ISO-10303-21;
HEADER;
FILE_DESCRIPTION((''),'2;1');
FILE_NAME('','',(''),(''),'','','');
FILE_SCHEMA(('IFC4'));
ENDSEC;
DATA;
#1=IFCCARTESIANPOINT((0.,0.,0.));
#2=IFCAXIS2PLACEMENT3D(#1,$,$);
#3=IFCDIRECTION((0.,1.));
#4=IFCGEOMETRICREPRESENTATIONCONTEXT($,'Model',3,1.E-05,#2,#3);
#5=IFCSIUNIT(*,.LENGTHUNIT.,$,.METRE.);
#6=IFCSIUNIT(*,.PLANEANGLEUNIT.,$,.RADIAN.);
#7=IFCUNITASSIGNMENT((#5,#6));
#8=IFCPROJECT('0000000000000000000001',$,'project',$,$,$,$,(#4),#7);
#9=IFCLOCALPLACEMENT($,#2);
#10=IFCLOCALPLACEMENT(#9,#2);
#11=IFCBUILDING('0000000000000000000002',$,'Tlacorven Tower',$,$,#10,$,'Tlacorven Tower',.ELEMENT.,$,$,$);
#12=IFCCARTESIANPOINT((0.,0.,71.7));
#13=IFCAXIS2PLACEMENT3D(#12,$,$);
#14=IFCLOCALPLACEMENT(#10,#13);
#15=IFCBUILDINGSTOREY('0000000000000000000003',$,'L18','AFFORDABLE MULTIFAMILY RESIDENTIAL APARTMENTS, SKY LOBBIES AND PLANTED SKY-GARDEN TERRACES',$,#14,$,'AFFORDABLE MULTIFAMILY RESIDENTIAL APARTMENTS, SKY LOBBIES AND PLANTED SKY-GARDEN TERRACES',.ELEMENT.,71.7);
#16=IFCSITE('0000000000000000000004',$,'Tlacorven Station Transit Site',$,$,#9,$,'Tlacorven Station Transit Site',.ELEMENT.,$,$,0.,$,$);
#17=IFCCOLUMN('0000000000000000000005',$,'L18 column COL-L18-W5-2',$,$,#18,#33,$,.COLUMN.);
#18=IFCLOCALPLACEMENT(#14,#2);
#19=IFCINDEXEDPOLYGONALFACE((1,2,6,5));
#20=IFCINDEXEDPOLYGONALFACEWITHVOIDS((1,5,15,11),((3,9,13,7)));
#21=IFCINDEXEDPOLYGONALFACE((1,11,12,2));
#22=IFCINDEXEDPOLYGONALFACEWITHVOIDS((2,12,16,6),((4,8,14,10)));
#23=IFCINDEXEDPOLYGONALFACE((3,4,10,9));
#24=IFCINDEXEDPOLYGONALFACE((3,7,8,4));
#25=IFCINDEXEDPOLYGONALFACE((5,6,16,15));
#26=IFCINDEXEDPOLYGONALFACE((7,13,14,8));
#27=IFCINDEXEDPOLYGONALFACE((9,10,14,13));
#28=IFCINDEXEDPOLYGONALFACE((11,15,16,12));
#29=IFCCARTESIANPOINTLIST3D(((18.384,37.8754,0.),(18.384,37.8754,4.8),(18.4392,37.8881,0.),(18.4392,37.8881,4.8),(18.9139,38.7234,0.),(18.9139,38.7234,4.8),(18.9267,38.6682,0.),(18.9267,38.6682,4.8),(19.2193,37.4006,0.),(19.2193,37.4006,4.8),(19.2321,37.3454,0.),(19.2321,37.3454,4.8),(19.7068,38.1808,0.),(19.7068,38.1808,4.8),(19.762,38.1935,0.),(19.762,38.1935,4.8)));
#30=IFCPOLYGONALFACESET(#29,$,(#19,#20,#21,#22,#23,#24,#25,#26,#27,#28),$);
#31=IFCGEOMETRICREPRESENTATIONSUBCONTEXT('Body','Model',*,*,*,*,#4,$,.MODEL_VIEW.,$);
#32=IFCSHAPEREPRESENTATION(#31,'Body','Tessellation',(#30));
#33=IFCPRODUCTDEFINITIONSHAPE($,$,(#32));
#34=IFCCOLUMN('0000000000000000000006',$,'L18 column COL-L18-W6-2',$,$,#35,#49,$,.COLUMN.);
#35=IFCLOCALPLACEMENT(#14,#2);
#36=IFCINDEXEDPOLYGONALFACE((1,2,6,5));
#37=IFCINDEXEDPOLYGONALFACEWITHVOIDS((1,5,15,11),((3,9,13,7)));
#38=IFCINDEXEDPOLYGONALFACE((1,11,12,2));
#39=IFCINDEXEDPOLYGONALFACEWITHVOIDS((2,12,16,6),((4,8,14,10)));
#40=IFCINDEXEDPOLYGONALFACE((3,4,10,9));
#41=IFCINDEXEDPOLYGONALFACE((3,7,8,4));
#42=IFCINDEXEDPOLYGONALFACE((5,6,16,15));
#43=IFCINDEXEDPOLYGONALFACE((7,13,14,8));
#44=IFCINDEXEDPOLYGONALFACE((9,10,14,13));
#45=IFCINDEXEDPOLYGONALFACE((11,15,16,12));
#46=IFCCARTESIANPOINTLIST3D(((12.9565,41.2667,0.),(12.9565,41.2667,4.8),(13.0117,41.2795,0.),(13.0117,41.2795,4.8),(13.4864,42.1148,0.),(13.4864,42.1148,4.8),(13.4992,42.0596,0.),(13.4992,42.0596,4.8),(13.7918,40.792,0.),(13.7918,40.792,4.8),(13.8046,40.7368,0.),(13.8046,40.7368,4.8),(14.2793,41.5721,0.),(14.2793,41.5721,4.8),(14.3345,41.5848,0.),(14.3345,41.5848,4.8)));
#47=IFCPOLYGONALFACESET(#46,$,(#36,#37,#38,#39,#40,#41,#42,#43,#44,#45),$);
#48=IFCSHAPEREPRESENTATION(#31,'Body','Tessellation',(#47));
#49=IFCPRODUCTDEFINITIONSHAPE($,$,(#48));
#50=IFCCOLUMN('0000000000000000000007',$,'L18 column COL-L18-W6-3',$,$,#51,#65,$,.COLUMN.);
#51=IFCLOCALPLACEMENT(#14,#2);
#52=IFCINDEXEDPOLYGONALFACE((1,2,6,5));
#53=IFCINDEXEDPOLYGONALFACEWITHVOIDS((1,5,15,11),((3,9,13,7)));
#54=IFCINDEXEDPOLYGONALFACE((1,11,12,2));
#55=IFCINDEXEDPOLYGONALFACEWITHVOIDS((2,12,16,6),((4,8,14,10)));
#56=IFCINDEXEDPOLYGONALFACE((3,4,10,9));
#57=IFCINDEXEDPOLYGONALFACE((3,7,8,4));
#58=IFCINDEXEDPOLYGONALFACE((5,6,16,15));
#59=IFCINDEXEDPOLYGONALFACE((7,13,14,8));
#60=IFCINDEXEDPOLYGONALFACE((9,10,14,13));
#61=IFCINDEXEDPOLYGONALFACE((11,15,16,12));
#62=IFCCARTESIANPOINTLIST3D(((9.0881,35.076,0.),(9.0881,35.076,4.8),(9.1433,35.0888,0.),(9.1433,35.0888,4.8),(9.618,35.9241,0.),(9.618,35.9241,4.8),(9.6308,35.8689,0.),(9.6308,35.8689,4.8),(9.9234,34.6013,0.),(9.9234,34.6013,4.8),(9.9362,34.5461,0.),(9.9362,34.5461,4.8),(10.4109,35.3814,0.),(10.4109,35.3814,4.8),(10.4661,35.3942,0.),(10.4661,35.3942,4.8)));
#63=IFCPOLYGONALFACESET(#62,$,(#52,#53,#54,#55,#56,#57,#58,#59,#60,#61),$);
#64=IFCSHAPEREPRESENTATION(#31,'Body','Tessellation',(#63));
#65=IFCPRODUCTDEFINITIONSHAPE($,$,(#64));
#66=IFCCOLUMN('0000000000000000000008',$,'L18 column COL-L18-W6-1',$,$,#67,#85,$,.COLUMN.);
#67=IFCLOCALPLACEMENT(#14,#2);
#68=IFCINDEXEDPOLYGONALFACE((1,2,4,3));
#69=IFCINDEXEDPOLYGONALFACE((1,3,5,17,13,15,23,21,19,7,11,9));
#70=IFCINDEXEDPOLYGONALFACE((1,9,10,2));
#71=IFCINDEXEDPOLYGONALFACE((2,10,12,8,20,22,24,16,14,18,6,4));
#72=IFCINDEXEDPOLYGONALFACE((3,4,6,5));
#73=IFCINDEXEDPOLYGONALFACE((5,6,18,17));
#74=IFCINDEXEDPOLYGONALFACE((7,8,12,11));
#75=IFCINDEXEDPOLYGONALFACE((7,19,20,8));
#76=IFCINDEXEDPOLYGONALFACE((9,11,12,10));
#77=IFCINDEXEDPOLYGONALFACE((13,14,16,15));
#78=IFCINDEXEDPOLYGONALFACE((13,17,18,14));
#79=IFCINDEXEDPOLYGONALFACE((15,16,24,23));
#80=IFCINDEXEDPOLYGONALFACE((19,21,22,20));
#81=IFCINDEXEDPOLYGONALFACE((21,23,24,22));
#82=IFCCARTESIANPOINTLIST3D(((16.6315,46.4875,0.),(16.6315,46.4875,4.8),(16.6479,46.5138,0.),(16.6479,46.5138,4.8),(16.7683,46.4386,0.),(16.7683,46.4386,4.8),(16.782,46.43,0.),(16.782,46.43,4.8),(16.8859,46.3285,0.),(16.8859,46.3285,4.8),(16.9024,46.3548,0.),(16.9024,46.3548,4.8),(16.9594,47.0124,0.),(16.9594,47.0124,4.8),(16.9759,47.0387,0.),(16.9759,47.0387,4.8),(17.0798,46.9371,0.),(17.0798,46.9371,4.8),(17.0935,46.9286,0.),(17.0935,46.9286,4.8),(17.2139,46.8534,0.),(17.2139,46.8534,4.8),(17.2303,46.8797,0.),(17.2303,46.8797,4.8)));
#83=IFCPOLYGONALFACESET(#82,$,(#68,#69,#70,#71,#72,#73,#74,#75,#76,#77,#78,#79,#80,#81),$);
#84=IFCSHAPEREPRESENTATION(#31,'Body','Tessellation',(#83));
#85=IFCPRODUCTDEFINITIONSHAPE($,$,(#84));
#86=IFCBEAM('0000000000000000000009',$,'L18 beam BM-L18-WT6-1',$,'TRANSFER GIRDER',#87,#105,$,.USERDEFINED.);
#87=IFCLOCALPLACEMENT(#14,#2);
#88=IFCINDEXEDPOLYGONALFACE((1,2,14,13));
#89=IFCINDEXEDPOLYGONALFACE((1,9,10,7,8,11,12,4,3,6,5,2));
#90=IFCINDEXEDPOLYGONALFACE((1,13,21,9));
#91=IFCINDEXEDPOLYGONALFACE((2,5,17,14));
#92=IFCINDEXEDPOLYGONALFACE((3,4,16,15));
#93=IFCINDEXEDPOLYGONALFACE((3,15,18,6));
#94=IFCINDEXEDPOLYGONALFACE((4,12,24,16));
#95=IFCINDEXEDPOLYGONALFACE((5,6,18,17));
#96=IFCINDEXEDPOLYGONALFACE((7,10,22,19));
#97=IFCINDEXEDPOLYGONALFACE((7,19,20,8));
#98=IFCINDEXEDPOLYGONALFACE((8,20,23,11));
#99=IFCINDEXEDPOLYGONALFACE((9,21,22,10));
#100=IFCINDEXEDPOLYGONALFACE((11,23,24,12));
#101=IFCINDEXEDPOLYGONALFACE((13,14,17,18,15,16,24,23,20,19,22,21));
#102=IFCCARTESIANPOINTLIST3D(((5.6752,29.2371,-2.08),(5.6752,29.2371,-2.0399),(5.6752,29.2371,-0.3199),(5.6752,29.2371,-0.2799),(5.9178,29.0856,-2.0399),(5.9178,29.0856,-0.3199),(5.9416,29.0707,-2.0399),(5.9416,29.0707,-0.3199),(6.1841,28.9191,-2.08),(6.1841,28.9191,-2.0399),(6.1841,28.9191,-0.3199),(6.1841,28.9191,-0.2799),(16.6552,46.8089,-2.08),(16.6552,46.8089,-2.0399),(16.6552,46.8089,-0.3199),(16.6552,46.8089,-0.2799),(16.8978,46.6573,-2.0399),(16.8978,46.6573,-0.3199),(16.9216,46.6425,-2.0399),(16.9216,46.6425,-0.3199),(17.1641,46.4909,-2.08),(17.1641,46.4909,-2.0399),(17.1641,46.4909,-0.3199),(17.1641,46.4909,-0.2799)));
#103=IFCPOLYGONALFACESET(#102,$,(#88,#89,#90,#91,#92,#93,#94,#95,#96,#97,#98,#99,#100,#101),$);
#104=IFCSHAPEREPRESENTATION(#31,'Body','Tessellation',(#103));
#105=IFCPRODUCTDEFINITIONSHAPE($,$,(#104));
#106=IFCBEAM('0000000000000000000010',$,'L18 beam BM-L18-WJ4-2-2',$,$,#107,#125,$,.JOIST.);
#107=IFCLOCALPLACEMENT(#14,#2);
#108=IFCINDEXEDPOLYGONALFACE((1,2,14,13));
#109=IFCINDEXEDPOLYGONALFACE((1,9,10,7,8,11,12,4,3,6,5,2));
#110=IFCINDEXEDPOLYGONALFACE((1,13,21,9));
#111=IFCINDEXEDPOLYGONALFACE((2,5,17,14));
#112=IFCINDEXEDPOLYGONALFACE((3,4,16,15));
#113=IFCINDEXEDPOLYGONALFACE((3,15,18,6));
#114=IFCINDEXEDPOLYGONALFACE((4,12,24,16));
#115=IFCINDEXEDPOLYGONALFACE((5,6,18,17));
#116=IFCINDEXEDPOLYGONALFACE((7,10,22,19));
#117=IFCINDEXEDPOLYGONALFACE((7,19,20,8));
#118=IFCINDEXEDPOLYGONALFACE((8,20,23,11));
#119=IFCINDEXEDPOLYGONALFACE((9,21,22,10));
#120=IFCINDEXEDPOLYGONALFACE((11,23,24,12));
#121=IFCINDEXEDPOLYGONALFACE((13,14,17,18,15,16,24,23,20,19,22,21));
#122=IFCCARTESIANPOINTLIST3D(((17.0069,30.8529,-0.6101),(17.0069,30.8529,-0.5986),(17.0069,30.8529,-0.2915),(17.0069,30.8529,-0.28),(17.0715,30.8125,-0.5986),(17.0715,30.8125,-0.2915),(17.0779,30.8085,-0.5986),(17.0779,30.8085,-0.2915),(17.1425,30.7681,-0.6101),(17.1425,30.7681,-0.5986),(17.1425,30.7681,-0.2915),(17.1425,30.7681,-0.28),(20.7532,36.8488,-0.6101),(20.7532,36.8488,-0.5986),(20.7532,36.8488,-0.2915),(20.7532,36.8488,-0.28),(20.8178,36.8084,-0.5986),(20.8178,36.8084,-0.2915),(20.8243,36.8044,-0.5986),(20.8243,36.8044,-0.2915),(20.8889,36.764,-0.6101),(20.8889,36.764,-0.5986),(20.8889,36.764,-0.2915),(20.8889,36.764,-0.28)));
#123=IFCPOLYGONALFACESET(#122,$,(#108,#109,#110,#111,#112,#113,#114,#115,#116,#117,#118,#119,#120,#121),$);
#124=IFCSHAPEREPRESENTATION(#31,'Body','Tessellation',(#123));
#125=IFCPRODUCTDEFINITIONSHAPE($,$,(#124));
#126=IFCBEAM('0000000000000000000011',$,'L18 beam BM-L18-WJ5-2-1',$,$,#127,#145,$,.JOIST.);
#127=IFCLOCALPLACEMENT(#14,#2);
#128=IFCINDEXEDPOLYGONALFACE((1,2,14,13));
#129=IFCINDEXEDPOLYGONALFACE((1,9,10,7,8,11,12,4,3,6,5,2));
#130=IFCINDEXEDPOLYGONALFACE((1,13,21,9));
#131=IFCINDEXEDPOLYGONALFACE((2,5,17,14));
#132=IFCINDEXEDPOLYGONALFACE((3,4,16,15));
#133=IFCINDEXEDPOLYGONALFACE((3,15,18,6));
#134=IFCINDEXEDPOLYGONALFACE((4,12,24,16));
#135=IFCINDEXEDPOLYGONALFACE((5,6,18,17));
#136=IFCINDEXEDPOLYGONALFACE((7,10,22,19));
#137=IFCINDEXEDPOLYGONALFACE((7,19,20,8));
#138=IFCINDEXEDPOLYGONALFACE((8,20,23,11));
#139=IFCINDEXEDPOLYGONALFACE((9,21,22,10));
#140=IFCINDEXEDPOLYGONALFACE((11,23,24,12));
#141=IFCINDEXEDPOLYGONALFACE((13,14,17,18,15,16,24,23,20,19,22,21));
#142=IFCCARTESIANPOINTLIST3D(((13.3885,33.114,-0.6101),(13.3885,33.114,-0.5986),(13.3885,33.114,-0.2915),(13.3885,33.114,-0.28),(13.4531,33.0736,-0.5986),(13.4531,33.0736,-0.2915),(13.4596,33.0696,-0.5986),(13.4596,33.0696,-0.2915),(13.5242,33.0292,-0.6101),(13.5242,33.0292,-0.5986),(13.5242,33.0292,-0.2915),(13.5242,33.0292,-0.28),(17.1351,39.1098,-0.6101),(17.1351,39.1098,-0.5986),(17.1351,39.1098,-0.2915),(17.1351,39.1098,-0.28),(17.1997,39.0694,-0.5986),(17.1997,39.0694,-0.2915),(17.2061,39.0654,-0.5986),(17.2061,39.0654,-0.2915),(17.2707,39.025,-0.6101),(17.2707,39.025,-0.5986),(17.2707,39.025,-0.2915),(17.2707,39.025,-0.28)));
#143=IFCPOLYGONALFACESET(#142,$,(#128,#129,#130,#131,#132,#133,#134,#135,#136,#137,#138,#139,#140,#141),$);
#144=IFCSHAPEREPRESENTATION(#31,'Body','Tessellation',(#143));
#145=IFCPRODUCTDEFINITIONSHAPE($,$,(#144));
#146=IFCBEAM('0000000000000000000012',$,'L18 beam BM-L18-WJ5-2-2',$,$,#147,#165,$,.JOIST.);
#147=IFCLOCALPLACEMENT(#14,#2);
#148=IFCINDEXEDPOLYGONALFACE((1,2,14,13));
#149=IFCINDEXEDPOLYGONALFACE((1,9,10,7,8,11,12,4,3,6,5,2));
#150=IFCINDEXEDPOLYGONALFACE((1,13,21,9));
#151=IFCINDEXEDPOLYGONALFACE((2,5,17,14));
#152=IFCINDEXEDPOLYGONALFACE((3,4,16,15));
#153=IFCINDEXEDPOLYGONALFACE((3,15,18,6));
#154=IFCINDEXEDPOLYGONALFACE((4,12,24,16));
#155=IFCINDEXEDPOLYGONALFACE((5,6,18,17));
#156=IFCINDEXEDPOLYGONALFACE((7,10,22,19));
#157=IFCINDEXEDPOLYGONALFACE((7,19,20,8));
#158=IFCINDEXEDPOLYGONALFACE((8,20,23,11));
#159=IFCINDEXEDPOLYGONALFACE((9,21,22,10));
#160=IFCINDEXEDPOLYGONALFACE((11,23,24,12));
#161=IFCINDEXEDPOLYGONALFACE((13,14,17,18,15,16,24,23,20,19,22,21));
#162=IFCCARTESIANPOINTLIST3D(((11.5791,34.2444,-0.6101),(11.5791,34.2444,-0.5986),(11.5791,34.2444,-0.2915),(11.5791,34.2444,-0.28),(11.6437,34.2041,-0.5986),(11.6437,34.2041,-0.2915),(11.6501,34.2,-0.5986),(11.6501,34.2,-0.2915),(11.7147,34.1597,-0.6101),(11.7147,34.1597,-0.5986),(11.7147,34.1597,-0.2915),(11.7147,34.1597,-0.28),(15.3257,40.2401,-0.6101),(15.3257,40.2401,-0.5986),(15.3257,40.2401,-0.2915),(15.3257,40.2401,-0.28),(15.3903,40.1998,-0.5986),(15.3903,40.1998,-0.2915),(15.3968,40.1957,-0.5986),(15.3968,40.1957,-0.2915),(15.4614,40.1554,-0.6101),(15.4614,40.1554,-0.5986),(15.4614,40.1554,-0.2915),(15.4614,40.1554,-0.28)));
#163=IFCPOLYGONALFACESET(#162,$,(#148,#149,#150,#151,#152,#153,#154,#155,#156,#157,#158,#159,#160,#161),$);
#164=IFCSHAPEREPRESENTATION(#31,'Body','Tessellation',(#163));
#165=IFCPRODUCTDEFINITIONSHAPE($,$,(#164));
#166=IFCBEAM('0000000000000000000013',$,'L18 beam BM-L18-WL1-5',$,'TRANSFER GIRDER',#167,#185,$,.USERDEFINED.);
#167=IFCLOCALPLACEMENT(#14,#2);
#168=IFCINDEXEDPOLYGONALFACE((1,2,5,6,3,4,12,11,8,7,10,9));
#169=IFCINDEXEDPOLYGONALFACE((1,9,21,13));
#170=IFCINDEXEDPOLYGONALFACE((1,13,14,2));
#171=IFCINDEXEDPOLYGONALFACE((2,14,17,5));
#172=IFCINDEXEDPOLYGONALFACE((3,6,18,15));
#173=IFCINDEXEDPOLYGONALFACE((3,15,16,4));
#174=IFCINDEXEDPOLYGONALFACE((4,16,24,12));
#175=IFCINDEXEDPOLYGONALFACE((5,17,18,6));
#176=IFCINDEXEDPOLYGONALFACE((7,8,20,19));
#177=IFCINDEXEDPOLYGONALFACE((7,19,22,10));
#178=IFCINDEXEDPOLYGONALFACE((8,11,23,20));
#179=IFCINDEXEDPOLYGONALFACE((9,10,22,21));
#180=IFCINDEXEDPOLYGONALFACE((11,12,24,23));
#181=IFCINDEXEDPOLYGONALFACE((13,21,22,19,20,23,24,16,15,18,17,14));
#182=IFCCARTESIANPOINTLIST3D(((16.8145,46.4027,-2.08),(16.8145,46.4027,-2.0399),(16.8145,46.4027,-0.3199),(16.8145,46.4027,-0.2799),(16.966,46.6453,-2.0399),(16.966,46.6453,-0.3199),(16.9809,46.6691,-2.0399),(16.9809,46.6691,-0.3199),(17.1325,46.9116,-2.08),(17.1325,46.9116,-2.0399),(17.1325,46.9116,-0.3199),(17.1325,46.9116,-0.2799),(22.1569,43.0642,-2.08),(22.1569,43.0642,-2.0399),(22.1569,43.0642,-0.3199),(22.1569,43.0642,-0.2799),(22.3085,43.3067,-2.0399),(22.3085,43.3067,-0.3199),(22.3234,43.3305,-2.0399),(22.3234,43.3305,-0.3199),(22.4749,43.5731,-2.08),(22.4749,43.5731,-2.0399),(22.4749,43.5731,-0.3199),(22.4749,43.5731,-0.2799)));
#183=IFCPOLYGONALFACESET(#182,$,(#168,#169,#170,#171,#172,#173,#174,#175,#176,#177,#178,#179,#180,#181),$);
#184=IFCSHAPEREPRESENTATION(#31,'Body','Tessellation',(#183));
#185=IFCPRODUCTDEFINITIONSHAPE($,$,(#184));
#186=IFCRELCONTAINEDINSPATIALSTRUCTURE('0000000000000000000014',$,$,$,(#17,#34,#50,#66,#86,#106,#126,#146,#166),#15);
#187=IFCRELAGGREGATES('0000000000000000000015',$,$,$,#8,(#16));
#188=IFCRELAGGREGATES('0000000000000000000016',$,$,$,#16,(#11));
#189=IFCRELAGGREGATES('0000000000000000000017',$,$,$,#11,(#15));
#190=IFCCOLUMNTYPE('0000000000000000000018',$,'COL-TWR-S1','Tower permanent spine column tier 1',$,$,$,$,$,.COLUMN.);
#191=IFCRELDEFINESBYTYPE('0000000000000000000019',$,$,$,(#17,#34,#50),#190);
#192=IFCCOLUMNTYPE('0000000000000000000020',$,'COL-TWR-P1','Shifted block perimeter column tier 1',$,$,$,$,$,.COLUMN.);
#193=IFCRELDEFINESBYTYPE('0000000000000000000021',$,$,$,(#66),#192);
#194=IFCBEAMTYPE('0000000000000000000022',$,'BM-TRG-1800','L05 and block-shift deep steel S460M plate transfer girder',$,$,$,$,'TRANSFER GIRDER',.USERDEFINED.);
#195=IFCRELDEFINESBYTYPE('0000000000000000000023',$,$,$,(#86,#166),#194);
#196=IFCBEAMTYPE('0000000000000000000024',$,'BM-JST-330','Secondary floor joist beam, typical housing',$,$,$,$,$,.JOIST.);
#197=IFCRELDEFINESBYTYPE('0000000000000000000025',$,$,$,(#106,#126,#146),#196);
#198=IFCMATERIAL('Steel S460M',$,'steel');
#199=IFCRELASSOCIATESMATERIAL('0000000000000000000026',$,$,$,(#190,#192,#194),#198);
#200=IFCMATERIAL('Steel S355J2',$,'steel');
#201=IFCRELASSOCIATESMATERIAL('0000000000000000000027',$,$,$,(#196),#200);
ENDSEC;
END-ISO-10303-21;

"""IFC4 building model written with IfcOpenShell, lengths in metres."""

from ifc_helpers import new_model, si_unit, direction, frame, origin, origin_2d, place, context, subcontext, project, spatial, hollow_rectangle, i_section, extrude, source, transform, mapped, material, material_profile, profile_set, type_object, element, save


model = new_model("IFC4")

# Units and contexts
model_context = context("Model", 3, precision=1e-05, world=origin(), true_north=direction((0.0, 1.0)))
body_context = subcontext(model_context, "Body", "Model", "MODEL_VIEW")
ifc_project = project(units=[si_unit("LENGTHUNIT", "METRE"), si_unit("PLANEANGLEUNIT", "RADIAN")], contexts=[model_context])

# Site, building, storey
site_placement = place(None, origin())
site = spatial("IfcSite", under=ifc_project, at=site_placement, Name="Tlacorven Station Transit Site", LongName="Tlacorven Station Transit Site", CompositionType="ELEMENT", RefElevation=0.0)
building_placement = place(site_placement, origin())
building = spatial("IfcBuilding", under=site, at=building_placement, Name="Tlacorven Tower", LongName="Tlacorven Tower", CompositionType="ELEMENT")
storey_placement = place(building_placement, frame((0.0, 0.0, 71.7)))
storey = spatial("IfcBuildingStorey", under=building, at=storey_placement, Name="L18", Description="AFFORDABLE MULTIFAMILY RESIDENTIAL APARTMENTS, SKY LOBBIES AND PLANTED SKY-GARDEN TERRACES", LongName="AFFORDABLE MULTIFAMILY RESIDENTIAL APARTMENTS, SKY LOBBIES AND PLANTED SKY-GARDEN TERRACES", CompositionType="ELEMENT", Elevation=71.7)

# Columns
ifc_material_1 = material(Name="Steel S460M", Category="steel")
ifc_material_profile_1 = material_profile(ifc_material_1, hollow_rectangle(XDim=1.0, YDim=1.0, WallThickness=0.04, at=origin_2d()), Name="BOX 1000X1000X40")
ifc_profile_set_1 = profile_set([ifc_material_profile_1], Name="Steel S460M")
column_type_1 = type_object("IfcColumnType", Name="COL-TWR-S1", Description="Tower permanent spine column tier 1", PredefinedType="COLUMN", material=ifc_profile_set_1)
shared_shape_1 = source(origin(), body_context, "Body", "SweptSolid", [
    extrude(hollow_rectangle(XDim=1.0, YDim=1.0, WallThickness=0.04, at=origin_2d()), origin(), (0.0, 0.0, 1.0), 4.8),
])
for number, where, z_axis, x_axis, name in (
    (1, (19.073, 38.0344, 0.0), (0.0, 0.0, 1.0), (-0.848048, 0.529919, 0.0), "L18 column COL-L18-W5-2"),
    (2, (13.6455, 41.4258, 0.0), (0.0, 0.0, 1.0), (-0.848048, 0.529919, 0.0), "L18 column COL-L18-W6-2"),
    (3, (9.7771, 35.2351, 0.0), (0.0, 0.0, 1.0), (-0.848048, 0.529919, 0.0), "L18 column COL-L18-W6-3"),
):
    element("IfcColumn", number, at=place(storey_placement, frame(where, z_axis=z_axis, x_axis=x_axis)), inside=storey, type_object=column_type_1, Name=name, PredefinedType="COLUMN", context=body_context, shape_type="MappedRepresentation", body=[
        mapped(shared_shape_1, transform((0.0, 0.0, 0.0), scale=1.0)),
    ])
ifc_material_profile_2 = material_profile(ifc_material_1, i_section(OverallWidth=0.3, OverallDepth=0.6499, WebThickness=0.0161, FlangeThickness=0.031, at=origin_2d()), Name="HEB 650")
ifc_profile_set_2 = profile_set([ifc_material_profile_2], Name="Steel S460M")
column_type_2 = type_object("IfcColumnType", Name="COL-TWR-P1", Description="Shifted block perimeter column tier 1", PredefinedType="COLUMN", material=ifc_profile_set_2)
shared_shape_2 = source(origin(), body_context, "Body", "SweptSolid", [
    extrude(i_section(OverallWidth=0.3, OverallDepth=0.6499, WebThickness=0.0161, FlangeThickness=0.031, at=origin_2d()), origin(), (0.0, 0.0, 1.0), 4.8),
])
column_placement = place(storey_placement, frame((16.9309, 46.6836, 0.0), z_axis=(0.0, 0.0, 1.0), x_axis=(-0.848048, 0.529919, 0.0)))
element("IfcColumn", 4, at=column_placement, inside=storey, type_object=column_type_2, Name="L18 column COL-L18-W6-1", PredefinedType="COLUMN", context=body_context, shape_type="MappedRepresentation", body=[
    mapped(shared_shape_2, transform((0.0, 0.0, 0.0), scale=1.0)),
])

# Beams
ifc_material_profile_3 = material_profile(ifc_material_1, i_section(OverallWidth=0.6001, OverallDepth=1.8, WebThickness=0.0281, FlangeThickness=0.04, at=origin_2d()), Name="PG 1800X600X28X40")
ifc_profile_set_3 = profile_set([ifc_material_profile_3], Name="Steel S460M")
beam_type_1 = type_object("IfcBeamType", Name="BM-TRG-1800", Description="L05 and block-shift deep steel S460M plate transfer girder", ElementType="TRANSFER GIRDER", PredefinedType="USERDEFINED", material=ifc_profile_set_3)
shared_shape_3 = source(origin(), body_context, "Body", "SweptSolid", [
    extrude(i_section(OverallWidth=0.6001, OverallDepth=1.8, WebThickness=0.0281, FlangeThickness=0.04, at=origin_2d()), origin(), (0.0, 0.0, 1.0), 20.7202),
])
beam_1_placement = place(storey_placement, frame((16.9097, 46.6499, -1.1799), z_axis=(-0.529916, -0.84805, 0.0), x_axis=(0.84805, -0.529916, 0.0)))
element("IfcBeam", 5, at=beam_1_placement, inside=storey, type_object=beam_type_1, Name="L18 beam BM-L18-WT6-1", ObjectType="TRANSFER GIRDER", PredefinedType="USERDEFINED", context=body_context, shape_type="MappedRepresentation", body=[
    mapped(shared_shape_3, transform((0.0, 0.0, 0.0), scale=1.0)),
])
ifc_material_2 = material(Name="Steel S355J2", Category="steel")
ifc_material_profile_4 = material_profile(ifc_material_2, i_section(OverallWidth=0.1599, OverallDepth=0.3301, WebThickness=0.0076, FlangeThickness=0.0115, at=origin_2d()), Name="IPE 330")
ifc_profile_set_4 = profile_set([ifc_material_profile_4], Name="Steel S355J2")
beam_type_2 = type_object("IfcBeamType", Name="BM-JST-330", Description="Secondary floor joist beam, typical housing", PredefinedType="JOIST", material=ifc_profile_set_4)
shared_shape_4 = source(origin(), body_context, "Body", "SweptSolid", [
    extrude(i_section(OverallWidth=0.1599, OverallDepth=0.3301, WebThickness=0.0076, FlangeThickness=0.0115, at=origin_2d()), origin(), (0.0, 0.0, 1.0), 7.0701),
])
for number, where, z_axis, x_axis, name in (
    (6, (20.821, 36.8064, -0.4451), (-0.52989, -0.848066, 0.0), (0.848066, -0.52989, 0.0), "L18 beam BM-L18-WJ4-2-2"),
    (7, (17.2029, 39.0674, -0.4451), (-0.529915, -0.848051, 0.0), (0.848051, -0.529915, 0.0), "L18 beam BM-L18-WJ5-2-1"),
    (8, (15.3936, 40.1978, -0.4451), (-0.529931, -0.848041, 0.0), (0.848041, -0.529931, 0.0), "L18 beam BM-L18-WJ5-2-2"),
):
    element("IfcBeam", number, at=place(storey_placement, frame(where, z_axis=z_axis, x_axis=x_axis)), inside=storey, type_object=beam_type_2, Name=name, PredefinedType="JOIST", context=body_context, shape_type="MappedRepresentation", body=[
        mapped(shared_shape_4, transform((0.0, 0.0, 0.0), scale=1.0)),
    ])
shared_shape_5 = source(origin(), body_context, "Body", "SweptSolid", [
    extrude(i_section(OverallWidth=0.6001, OverallDepth=1.8, WebThickness=0.0281, FlangeThickness=0.04, at=origin_2d()), origin(), (0.0, 0.0, 1.0), 6.2998),
])
beam_2_placement = place(storey_placement, frame((22.3159, 43.3186, -1.1799), z_axis=(-0.848031, 0.529947, 0.0), x_axis=(-0.529947, -0.848031, 0.0)))
element("IfcBeam", 9, at=beam_2_placement, inside=storey, type_object=beam_type_1, Name="L18 beam BM-L18-WL1-5", ObjectType="TRANSFER GIRDER", PredefinedType="USERDEFINED", context=body_context, shape_type="MappedRepresentation", body=[
    mapped(shared_shape_5, transform((0.0, 0.0, 0.0), scale=1.0)),
])

save(model, "model.ifc")
